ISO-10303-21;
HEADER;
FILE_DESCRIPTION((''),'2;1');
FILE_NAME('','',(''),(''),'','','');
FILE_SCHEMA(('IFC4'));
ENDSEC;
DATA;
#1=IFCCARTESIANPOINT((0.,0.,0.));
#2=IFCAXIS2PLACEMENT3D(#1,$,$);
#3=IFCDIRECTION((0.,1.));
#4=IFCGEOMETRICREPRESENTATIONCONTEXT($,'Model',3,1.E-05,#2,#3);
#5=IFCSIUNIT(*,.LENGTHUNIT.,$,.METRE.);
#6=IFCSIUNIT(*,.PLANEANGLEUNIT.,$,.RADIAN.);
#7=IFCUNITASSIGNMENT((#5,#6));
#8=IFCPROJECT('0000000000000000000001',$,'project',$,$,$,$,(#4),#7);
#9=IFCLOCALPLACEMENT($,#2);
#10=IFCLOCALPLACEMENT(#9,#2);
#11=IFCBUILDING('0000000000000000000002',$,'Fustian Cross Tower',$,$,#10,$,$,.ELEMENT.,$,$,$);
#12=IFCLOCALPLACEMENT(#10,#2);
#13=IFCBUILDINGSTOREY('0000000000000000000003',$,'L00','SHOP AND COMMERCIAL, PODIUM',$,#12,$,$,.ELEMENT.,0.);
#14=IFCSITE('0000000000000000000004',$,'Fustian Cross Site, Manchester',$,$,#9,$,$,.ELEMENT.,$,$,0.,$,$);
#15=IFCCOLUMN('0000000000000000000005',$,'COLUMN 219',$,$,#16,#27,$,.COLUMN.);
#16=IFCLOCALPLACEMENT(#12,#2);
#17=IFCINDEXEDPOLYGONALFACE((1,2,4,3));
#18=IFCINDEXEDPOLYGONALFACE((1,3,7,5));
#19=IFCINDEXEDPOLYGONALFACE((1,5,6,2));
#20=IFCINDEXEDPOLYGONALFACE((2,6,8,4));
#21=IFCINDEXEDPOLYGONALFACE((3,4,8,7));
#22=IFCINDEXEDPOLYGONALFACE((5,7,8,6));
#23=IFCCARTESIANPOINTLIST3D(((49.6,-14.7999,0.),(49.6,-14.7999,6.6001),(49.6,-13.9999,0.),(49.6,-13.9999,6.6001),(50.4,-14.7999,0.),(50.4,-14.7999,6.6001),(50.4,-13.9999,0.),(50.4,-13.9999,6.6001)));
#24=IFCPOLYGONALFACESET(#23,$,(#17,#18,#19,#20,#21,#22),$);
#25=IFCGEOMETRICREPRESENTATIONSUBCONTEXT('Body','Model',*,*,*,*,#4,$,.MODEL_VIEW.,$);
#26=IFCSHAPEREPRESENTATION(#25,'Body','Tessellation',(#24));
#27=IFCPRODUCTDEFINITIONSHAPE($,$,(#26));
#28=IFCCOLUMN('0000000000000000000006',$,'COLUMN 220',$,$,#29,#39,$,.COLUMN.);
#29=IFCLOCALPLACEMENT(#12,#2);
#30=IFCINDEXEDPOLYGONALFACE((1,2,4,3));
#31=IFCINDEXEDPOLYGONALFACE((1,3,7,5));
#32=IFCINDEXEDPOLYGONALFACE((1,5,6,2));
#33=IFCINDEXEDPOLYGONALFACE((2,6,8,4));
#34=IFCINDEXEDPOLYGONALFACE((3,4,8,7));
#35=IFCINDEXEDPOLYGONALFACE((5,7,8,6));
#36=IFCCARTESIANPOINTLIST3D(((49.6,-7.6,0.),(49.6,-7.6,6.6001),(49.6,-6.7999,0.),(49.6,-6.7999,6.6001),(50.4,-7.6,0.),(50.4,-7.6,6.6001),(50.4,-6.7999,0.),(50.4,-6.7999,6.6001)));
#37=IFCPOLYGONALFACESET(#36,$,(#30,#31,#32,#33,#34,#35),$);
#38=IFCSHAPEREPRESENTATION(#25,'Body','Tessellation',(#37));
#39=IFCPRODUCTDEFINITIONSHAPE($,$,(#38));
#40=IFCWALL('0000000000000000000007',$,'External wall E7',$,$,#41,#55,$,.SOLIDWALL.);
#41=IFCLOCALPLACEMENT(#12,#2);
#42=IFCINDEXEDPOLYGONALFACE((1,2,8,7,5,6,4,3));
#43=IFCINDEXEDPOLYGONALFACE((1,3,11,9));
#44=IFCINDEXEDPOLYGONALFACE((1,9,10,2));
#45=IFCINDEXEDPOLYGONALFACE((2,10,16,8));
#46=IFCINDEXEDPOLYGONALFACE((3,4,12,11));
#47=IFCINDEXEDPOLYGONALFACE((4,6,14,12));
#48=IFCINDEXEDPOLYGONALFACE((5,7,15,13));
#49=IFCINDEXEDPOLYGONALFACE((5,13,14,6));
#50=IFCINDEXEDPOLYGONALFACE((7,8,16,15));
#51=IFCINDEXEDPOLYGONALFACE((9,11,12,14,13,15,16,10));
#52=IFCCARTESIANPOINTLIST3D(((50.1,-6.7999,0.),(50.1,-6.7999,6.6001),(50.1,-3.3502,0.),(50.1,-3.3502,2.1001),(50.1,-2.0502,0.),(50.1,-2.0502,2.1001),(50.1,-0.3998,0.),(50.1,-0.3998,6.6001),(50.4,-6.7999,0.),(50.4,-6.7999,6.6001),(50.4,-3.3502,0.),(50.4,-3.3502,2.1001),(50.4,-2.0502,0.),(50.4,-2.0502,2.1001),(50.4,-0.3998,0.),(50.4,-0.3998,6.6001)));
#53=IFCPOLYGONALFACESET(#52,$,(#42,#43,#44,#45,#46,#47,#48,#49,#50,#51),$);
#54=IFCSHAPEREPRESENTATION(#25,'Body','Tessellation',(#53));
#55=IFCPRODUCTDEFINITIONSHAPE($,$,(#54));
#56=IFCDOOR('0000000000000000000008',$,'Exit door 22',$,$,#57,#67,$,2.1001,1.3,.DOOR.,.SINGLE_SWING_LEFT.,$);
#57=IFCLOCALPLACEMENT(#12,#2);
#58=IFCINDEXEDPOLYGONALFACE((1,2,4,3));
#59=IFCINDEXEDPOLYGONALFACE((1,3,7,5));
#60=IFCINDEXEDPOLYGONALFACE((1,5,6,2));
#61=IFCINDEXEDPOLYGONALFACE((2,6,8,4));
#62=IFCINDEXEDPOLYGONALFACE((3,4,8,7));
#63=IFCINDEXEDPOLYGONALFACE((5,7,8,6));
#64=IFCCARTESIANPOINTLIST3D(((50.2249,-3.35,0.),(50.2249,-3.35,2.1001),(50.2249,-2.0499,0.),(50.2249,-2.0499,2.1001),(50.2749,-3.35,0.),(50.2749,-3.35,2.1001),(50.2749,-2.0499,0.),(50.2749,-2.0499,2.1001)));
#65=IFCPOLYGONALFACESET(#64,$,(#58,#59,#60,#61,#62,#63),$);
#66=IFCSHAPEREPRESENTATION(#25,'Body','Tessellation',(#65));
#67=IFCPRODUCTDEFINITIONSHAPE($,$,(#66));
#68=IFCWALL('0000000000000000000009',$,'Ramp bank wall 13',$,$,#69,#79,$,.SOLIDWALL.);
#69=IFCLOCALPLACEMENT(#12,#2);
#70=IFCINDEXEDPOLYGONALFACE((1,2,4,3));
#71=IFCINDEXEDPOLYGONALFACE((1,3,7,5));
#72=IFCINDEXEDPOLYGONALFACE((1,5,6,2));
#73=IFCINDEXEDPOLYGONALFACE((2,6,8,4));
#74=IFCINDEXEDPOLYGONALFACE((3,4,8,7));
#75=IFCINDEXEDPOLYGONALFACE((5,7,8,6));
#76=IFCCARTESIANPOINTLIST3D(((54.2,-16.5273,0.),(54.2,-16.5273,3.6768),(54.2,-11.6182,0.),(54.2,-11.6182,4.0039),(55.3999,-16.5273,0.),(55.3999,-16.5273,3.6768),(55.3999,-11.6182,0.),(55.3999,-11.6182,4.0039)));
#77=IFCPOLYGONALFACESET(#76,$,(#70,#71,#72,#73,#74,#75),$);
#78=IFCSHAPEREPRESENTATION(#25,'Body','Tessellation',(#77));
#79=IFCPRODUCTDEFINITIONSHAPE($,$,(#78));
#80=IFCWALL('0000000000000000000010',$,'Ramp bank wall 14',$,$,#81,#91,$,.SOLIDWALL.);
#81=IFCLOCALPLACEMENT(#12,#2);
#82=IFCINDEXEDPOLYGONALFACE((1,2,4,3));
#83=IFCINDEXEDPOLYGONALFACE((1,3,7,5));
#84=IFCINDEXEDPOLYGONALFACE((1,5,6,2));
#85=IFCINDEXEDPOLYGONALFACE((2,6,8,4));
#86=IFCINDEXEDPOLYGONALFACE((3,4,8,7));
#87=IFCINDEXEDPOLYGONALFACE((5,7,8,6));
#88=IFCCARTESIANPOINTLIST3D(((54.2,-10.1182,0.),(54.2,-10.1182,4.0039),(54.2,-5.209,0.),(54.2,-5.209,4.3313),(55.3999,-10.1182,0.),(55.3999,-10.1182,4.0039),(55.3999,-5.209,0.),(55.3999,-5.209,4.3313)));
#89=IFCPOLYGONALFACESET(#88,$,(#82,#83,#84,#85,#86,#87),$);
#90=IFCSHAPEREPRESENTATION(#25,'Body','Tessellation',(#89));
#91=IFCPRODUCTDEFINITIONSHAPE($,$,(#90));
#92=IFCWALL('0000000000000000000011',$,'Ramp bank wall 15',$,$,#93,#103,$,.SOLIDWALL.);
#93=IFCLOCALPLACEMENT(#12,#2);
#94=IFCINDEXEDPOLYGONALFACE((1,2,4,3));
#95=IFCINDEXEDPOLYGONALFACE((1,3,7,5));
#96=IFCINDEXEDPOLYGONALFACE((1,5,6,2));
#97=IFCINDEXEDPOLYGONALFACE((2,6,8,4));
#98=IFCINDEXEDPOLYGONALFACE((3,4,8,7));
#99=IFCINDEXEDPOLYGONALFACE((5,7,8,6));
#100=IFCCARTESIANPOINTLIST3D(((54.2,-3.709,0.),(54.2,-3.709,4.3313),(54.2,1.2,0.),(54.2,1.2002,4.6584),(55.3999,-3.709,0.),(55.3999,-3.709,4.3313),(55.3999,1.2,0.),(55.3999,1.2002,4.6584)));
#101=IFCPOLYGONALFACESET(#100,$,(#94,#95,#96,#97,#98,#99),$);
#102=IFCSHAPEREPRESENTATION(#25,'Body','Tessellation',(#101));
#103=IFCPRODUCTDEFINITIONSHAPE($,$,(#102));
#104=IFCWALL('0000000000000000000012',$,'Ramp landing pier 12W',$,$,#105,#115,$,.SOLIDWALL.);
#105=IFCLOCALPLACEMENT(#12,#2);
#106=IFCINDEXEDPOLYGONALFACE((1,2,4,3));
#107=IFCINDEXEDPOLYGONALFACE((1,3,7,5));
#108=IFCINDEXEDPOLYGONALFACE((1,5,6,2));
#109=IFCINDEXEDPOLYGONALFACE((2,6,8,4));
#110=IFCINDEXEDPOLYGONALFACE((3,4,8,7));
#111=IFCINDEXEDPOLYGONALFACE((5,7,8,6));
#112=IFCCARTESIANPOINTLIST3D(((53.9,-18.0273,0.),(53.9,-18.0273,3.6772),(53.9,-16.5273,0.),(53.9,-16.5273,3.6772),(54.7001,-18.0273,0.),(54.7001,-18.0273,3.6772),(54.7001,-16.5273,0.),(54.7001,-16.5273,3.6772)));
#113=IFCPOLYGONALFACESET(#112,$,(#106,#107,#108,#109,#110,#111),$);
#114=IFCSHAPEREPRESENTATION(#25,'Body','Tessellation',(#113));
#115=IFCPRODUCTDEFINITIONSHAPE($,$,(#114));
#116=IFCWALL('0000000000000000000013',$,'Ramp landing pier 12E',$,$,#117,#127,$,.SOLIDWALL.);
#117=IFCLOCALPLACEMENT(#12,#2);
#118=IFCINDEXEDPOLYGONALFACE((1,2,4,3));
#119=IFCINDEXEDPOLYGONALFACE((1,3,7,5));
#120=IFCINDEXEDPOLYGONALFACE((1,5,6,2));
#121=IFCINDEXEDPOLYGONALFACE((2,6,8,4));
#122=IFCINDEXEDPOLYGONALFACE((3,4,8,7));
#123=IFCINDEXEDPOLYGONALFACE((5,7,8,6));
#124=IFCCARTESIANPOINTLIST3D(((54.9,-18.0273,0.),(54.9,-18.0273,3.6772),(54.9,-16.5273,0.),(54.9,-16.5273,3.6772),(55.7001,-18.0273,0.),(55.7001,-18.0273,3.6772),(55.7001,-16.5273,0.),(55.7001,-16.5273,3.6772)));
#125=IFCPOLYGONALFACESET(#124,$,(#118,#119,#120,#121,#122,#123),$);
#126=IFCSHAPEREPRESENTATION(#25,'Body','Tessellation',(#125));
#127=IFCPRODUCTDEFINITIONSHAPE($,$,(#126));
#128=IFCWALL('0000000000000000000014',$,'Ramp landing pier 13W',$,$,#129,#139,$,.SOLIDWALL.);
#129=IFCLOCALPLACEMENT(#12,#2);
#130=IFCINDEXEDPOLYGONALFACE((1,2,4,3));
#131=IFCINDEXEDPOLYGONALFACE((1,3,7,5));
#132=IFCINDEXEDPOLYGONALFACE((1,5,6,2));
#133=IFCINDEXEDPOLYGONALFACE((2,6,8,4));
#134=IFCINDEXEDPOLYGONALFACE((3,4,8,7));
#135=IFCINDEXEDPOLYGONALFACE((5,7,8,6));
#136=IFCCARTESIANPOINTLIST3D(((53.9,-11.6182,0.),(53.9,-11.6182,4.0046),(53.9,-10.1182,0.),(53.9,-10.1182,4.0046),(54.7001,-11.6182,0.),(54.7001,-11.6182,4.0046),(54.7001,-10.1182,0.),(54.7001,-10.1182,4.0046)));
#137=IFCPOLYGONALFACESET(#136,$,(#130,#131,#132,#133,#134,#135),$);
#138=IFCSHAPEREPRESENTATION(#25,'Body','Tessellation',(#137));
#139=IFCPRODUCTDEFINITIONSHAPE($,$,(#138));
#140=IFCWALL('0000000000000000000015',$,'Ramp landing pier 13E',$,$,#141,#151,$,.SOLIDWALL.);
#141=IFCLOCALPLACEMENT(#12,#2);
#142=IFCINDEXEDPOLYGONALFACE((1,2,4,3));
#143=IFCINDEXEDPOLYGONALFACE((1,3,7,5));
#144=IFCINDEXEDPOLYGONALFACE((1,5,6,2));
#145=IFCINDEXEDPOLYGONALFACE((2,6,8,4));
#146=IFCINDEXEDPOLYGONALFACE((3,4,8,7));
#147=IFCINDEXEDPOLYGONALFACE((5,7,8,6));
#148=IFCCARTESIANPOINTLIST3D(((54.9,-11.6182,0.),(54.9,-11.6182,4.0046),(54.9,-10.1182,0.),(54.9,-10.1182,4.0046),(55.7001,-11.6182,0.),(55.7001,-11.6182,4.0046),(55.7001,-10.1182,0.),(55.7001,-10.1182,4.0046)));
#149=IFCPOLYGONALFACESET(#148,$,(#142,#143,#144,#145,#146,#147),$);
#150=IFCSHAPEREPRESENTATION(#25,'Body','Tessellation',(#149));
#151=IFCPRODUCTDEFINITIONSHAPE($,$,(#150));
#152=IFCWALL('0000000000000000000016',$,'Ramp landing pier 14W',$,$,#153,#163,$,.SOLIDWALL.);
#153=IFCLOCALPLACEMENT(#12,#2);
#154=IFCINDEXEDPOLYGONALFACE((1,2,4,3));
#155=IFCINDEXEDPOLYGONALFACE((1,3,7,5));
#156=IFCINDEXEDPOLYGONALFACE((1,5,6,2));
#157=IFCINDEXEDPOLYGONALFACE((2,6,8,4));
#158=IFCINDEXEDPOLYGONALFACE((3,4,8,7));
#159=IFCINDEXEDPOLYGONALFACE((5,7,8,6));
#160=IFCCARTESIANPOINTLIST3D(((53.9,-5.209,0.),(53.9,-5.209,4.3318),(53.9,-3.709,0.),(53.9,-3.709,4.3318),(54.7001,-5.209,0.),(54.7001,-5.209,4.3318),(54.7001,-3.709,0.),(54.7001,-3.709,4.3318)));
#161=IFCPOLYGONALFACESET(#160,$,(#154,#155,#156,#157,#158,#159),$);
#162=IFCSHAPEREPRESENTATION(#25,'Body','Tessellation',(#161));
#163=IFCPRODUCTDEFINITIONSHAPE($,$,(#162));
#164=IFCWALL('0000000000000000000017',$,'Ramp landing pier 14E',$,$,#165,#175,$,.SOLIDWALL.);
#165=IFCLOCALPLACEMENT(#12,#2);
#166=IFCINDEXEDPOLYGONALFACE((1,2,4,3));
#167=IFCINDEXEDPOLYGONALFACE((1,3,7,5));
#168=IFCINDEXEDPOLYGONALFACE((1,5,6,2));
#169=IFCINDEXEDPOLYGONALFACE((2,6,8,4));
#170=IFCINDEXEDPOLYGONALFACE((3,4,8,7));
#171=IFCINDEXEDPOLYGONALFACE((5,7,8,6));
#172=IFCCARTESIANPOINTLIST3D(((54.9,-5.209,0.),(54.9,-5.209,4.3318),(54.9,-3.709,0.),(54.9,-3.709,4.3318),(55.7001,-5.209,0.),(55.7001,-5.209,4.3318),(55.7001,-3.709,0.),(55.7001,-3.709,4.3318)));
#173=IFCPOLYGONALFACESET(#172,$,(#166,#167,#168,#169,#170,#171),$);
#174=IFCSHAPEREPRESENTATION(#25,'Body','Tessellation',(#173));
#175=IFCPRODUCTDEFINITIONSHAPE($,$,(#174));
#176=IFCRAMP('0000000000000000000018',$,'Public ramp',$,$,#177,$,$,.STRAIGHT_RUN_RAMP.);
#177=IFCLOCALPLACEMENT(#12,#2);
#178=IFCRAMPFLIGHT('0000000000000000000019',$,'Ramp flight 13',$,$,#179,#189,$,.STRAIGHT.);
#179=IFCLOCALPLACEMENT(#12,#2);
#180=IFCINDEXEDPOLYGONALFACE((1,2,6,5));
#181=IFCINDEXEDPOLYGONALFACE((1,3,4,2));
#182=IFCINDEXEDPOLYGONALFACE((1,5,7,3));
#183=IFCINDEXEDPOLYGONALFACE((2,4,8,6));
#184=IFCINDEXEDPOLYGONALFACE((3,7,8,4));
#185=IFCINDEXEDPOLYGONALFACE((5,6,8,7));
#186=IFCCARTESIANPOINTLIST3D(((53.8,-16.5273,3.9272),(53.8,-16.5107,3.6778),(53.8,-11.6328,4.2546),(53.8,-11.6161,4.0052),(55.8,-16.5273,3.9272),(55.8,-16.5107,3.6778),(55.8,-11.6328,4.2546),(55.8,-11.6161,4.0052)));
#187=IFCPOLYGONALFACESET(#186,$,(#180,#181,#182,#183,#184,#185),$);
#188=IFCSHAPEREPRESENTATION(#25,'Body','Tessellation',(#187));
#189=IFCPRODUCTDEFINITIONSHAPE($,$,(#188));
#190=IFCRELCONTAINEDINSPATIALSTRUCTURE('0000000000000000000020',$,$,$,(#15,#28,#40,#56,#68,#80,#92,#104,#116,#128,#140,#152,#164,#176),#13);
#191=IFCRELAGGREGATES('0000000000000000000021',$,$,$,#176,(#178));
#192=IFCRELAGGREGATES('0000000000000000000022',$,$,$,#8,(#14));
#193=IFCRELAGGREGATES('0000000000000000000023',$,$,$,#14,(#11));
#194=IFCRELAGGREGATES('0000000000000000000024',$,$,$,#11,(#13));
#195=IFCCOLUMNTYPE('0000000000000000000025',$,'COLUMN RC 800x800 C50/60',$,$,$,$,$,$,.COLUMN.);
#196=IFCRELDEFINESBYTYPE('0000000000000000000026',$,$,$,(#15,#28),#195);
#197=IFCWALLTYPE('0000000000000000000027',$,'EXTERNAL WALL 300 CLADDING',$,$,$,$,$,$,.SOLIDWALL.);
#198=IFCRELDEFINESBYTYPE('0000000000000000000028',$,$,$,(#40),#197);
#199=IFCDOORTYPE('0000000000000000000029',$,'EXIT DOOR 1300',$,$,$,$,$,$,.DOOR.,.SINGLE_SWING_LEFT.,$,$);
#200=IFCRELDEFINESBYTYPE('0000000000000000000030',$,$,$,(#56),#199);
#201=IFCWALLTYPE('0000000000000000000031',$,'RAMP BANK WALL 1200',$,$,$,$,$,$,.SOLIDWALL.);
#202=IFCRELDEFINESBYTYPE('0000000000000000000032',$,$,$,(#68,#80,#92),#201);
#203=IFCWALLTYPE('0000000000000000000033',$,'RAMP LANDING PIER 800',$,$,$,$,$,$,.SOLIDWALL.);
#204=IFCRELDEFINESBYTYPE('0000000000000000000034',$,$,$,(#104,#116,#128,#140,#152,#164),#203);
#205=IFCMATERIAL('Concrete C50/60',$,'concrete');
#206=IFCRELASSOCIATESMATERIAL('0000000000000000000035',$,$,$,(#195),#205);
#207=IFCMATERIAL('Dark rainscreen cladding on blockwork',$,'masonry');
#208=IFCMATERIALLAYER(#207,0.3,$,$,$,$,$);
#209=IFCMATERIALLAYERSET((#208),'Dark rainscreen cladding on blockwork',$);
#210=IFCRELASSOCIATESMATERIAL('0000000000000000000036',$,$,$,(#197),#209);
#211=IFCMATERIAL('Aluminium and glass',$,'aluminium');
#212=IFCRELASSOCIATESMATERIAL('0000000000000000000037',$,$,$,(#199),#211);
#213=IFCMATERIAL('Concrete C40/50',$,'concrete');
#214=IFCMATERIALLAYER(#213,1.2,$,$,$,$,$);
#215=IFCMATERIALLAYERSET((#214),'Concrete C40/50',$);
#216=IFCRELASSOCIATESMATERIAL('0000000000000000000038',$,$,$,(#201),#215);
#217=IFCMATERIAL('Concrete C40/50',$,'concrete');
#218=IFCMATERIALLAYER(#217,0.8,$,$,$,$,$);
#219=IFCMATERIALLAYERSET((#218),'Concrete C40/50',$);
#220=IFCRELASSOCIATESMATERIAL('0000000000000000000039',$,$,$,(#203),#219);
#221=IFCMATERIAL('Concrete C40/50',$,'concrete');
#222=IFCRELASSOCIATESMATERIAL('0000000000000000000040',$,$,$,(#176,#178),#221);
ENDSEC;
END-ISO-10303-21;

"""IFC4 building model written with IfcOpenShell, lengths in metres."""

from ifc_helpers import new_model, si_unit, direction, frame, frame_2d, origin, origin_2d, place, context, subcontext, project, spatial, polyline, rectangle, outline, extrude, material, layer, layer_set, material_profile, profile_set, type_object, element, fill, aggregate, save


model = new_model("IFC4")

# Units and contexts
model_context = context("Model", 3, precision=1e-05, world=origin(), true_north=direction((0.0, 1.0)))
body_context = subcontext(model_context, "Body", "Model", "MODEL_VIEW")
ifc_project = project(units=[si_unit("LENGTHUNIT", "METRE"), si_unit("PLANEANGLEUNIT", "RADIAN")], contexts=[model_context])

# Site, building, storey
site_placement = place(None, origin())
site = spatial("IfcSite", under=ifc_project, at=site_placement, Name="Fustian Cross Site, Manchester", CompositionType="ELEMENT", RefElevation=0.0)
building_placement = place(site_placement, origin())
building = spatial("IfcBuilding", under=site, at=building_placement, Name="Fustian Cross Tower", CompositionType="ELEMENT")
storey_placement = place(building_placement, origin())
storey = spatial("IfcBuildingStorey", under=building, at=storey_placement, Name="L00", Description="SHOP AND COMMERCIAL, PODIUM", CompositionType="ELEMENT", Elevation=0.0)

# Columns
ifc_material_1 = material(Name="Concrete C50/60", Category="concrete")
ifc_material_profile = material_profile(ifc_material_1, rectangle(XDim=0.8, YDim=0.8, at=origin_2d()), Name="RC 800x800")
ifc_profile_set = profile_set([ifc_material_profile], Name="Concrete C50/60")
column_type = type_object("IfcColumnType", Name="COLUMN RC 800x800 C50/60", PredefinedType="COLUMN", material=ifc_profile_set)
for number, where, z_axis, x_axis, name in (
    (1, (50.0, -14.3999, 0.0), (0.0, 0.0, 1.0), (1.0, 0.0, 0.0), "COLUMN 219"),
    (2, (50.0, -7.2, 0.0), (0.0, 0.0, 1.0), (1.0, 0.0, 0.0), "COLUMN 220"),
):
    element("IfcColumn", number, at=place(storey_placement, frame(where, z_axis=z_axis, x_axis=x_axis)), inside=storey, type_object=column_type, Name=name, PredefinedType="COLUMN", context=body_context, shape_type="SweptSolid", body=[
        extrude(rectangle(XDim=0.8, YDim=0.8, at=origin_2d()), origin(), (0.0, 0.0, 1.0), 6.6001),
    ])

# Shared definitions
ifc_material_2 = material(Name="Dark rainscreen cladding on blockwork", Category="masonry")
ifc_layer_1 = layer(ifc_material_2, 0.3)
ifc_layer_set_1 = layer_set([ifc_layer_1], Name="Dark rainscreen cladding on blockwork")
wall_type_1 = type_object("IfcWallType", Name="EXTERNAL WALL 300 CLADDING", PredefinedType="SOLIDWALL", material=ifc_layer_set_1)

# Wall, opening, door
wall_1_placement = place(storey_placement, frame((50.25, -6.8, 0.0), z_axis=(0.0, 0.0, 1.0), x_axis=(0.0, 1.0, 0.0)))
wall_1 = element("IfcWall", 3, at=wall_1_placement, inside=storey, type_object=wall_type_1, Name="External wall E7", PredefinedType="SOLIDWALL", context=body_context, shape_type="SweptSolid", body=[
    extrude(rectangle(XDim=6.4001, YDim=0.3, at=frame_2d((3.2002, 0.0))), origin(), (0.0, 0.0, 1.0), 6.6001),
])
opening_1_placement = place(wall_1_placement, frame((3.45, 0.0, 0.0)))
opening_1 = element("IfcOpeningElement", 4, at=opening_1_placement, cuts=wall_1, PredefinedType="OPENING", context=body_context, shape_type="SweptSolid", body=[
    extrude(rectangle(XDim=1.3, YDim=2.1001, at=frame_2d((0.6499, 1.05))), frame((0.0, 0.1599, 0.0), z_axis=(0.0, -1.0, 0.0), x_axis=(1.0, 0.0, 0.0)), (0.0, 0.0, 1.0), 0.3201),
])
ifc_material_3 = material(Name="Aluminium and glass", Category="aluminium")
door_type_1 = type_object("IfcDoorType", Name="EXIT DOOR 1300", OperationType="SINGLE_SWING_LEFT", PredefinedType="DOOR", material=ifc_material_3)
door_1_placement = place(opening_1_placement, frame((1.3, 0.0, 0.0), z_axis=(0.0, 0.0, 1.0), x_axis=(-1.0, 0.0, 0.0)))
door_1 = element("IfcDoor", 5, at=door_1_placement, inside=storey, type_object=door_type_1, Name="Exit door 22", OperationType="SINGLE_SWING_LEFT", OverallHeight=2.1001, OverallWidth=1.3, PredefinedType="DOOR", context=body_context, shape_type="SweptSolid", body=[
    extrude(rectangle(XDim=1.3, YDim=2.1001, at=frame_2d((0.6499, 1.05))), frame((0.0, 0.0249, 0.0), z_axis=(0.0, -1.0, 0.0), x_axis=(1.0, 0.0, 0.0)), (0.0, 0.0, 1.0), 0.05),
])
fill(opening_1, door_1)

# Walls
ifc_material_4 = material(Name="Concrete C40/50", Category="concrete")
ifc_layer_2 = layer(ifc_material_4, 1.2)
ifc_layer_set_2 = layer_set([ifc_layer_2], Name="Concrete C40/50")
wall_type_2 = type_object("IfcWallType", Name="RAMP BANK WALL 1200", PredefinedType="SOLIDWALL", material=ifc_layer_set_2)
wall_2_placement = place(storey_placement, frame((54.8, -16.5273, 0.0), z_axis=(0.0, 0.0, 1.0), x_axis=(0.0, 1.0, 0.0)))
element("IfcWall", 6, at=wall_2_placement, inside=storey, type_object=wall_type_2, Name="Ramp bank wall 13", PredefinedType="SOLIDWALL", context=body_context, shape_type="SweptSolid", body=[
    extrude(outline(polyline([(0.0, 0.0), (4.9092, 0.0), (4.9092, 4.0039), (0.0, 3.6768), (0.0, 0.0)])), frame((0.0, 0.6001, 0.0), z_axis=(0.0, -1.0, 0.0), x_axis=(1.0, 0.0, 0.0)), (0.0, 0.0, 1.0), 1.2),
])
wall_3_placement = place(storey_placement, frame((54.8, -10.1182, 0.0), z_axis=(0.0, 0.0, 1.0), x_axis=(0.0, 1.0, 0.0)))
element("IfcWall", 7, at=wall_3_placement, inside=storey, type_object=wall_type_2, Name="Ramp bank wall 14", PredefinedType="SOLIDWALL", context=body_context, shape_type="SweptSolid", body=[
    extrude(outline(polyline([(0.0, 0.0), (4.9092, 0.0), (4.9092, 4.3313), (0.0, 4.0039), (0.0, 0.0)])), frame((0.0, 0.6001, 0.0), z_axis=(0.0, -1.0, 0.0), x_axis=(1.0, 0.0, 0.0)), (0.0, 0.0, 1.0), 1.2),
])
wall_4_placement = place(storey_placement, frame((54.8, -3.709, 0.0), z_axis=(0.0, 0.0, 1.0), x_axis=(0.0, 1.0, 0.0)))
element("IfcWall", 8, at=wall_4_placement, inside=storey, type_object=wall_type_2, Name="Ramp bank wall 15", PredefinedType="SOLIDWALL", context=body_context, shape_type="SweptSolid", body=[
    extrude(outline(polyline([(0.0, 0.0), (4.9089, 0.0), (4.9092, 4.6584), (0.0, 4.3313), (0.0, 0.0)])), frame((0.0, 0.6001, 0.0), z_axis=(0.0, -1.0, 0.0), x_axis=(1.0, 0.0, 0.0)), (0.0, 0.0, 1.0), 1.2),
])
ifc_material_5 = material(Name="Concrete C40/50", Category="concrete")
ifc_layer_3 = layer(ifc_material_5, 0.8)
ifc_layer_set_3 = layer_set([ifc_layer_3], Name="Concrete C40/50")
wall_type_3 = type_object("IfcWallType", Name="RAMP LANDING PIER 800", PredefinedType="SOLIDWALL", material=ifc_layer_set_3)
for number, where, z_axis, x_axis, name in (
    (9, (54.3, -18.0273, 0.0), (0.0, 0.0, 1.0), (0.0, 1.0, 0.0), "Ramp landing pier 12W"),
    (10, (55.3, -18.0273, 0.0), (0.0, 0.0, 1.0), (0.0, 1.0, 0.0), "Ramp landing pier 12E"),
):
    element("IfcWall", number, at=place(storey_placement, frame(where, z_axis=z_axis, x_axis=x_axis)), inside=storey, type_object=wall_type_3, Name=name, PredefinedType="SOLIDWALL", context=body_context, shape_type="SweptSolid", body=[
        extrude(rectangle(XDim=1.5, YDim=0.8, at=frame_2d((0.75, 0.0))), origin(), (0.0, 0.0, 1.0), 3.6772),
    ])
for number, where, z_axis, x_axis, name in (
    (11, (54.3, -11.6182, 0.0), (0.0, 0.0, 1.0), (0.0, 1.0, 0.0), "Ramp landing pier 13W"),
    (12, (55.3, -11.6182, 0.0), (0.0, 0.0, 1.0), (0.0, 1.0, 0.0), "Ramp landing pier 13E"),
):
    element("IfcWall", number, at=place(storey_placement, frame(where, z_axis=z_axis, x_axis=x_axis)), inside=storey, type_object=wall_type_3, Name=name, PredefinedType="SOLIDWALL", context=body_context, shape_type="SweptSolid", body=[
        extrude(rectangle(XDim=1.5, YDim=0.8, at=frame_2d((0.75, 0.0))), origin(), (0.0, 0.0, 1.0), 4.0046),
    ])
for number, where, z_axis, x_axis, name in (
    (13, (54.3, -5.209, 0.0), (0.0, 0.0, 1.0), (0.0, 1.0, 0.0), "Ramp landing pier 14W"),
    (14, (55.3, -5.209, 0.0), (0.0, 0.0, 1.0), (0.0, 1.0, 0.0), "Ramp landing pier 14E"),
):
    element("IfcWall", number, at=place(storey_placement, frame(where, z_axis=z_axis, x_axis=x_axis)), inside=storey, type_object=wall_type_3, Name=name, PredefinedType="SOLIDWALL", context=body_context, shape_type="SweptSolid", body=[
        extrude(rectangle(XDim=1.5, YDim=0.8, at=frame_2d((0.75, 0.0))), origin(), (0.0, 0.0, 1.0), 4.3318),
    ])

# Ramp, ramp flight
ifc_material_6 = material(Name="Concrete C40/50", Category="concrete")
ramp_placement = place(storey_placement, origin())
ramp = element("IfcRamp", 15, at=ramp_placement, inside=storey, material=ifc_material_6, Name="Public ramp", PredefinedType="STRAIGHT_RUN_RAMP")
ramp_flight_1_placement = place(storey_placement, frame((53.8, -16.5273, 3.9272), z_axis=(0.0, -0.06674, 0.99777), x_axis=(1.0, 0.0, 0.0)))
ramp_flight_1 = element("IfcRampFlight", 16, at=ramp_flight_1_placement, material=ifc_material_6, Name="Ramp flight 13", PredefinedType="STRAIGHT", context=body_context, shape_type="SweptSolid", body=[
    extrude(outline(polyline([(0.0, 0.0), (2.0, 0.0), (2.0, 4.9055), (0.0, 4.9055), (0.0, 0.0)])), origin(), (0.0, 0.0, -1.0), 0.25),
])
aggregate(ramp, [ramp_flight_1])

save(model, "model.ifc")
